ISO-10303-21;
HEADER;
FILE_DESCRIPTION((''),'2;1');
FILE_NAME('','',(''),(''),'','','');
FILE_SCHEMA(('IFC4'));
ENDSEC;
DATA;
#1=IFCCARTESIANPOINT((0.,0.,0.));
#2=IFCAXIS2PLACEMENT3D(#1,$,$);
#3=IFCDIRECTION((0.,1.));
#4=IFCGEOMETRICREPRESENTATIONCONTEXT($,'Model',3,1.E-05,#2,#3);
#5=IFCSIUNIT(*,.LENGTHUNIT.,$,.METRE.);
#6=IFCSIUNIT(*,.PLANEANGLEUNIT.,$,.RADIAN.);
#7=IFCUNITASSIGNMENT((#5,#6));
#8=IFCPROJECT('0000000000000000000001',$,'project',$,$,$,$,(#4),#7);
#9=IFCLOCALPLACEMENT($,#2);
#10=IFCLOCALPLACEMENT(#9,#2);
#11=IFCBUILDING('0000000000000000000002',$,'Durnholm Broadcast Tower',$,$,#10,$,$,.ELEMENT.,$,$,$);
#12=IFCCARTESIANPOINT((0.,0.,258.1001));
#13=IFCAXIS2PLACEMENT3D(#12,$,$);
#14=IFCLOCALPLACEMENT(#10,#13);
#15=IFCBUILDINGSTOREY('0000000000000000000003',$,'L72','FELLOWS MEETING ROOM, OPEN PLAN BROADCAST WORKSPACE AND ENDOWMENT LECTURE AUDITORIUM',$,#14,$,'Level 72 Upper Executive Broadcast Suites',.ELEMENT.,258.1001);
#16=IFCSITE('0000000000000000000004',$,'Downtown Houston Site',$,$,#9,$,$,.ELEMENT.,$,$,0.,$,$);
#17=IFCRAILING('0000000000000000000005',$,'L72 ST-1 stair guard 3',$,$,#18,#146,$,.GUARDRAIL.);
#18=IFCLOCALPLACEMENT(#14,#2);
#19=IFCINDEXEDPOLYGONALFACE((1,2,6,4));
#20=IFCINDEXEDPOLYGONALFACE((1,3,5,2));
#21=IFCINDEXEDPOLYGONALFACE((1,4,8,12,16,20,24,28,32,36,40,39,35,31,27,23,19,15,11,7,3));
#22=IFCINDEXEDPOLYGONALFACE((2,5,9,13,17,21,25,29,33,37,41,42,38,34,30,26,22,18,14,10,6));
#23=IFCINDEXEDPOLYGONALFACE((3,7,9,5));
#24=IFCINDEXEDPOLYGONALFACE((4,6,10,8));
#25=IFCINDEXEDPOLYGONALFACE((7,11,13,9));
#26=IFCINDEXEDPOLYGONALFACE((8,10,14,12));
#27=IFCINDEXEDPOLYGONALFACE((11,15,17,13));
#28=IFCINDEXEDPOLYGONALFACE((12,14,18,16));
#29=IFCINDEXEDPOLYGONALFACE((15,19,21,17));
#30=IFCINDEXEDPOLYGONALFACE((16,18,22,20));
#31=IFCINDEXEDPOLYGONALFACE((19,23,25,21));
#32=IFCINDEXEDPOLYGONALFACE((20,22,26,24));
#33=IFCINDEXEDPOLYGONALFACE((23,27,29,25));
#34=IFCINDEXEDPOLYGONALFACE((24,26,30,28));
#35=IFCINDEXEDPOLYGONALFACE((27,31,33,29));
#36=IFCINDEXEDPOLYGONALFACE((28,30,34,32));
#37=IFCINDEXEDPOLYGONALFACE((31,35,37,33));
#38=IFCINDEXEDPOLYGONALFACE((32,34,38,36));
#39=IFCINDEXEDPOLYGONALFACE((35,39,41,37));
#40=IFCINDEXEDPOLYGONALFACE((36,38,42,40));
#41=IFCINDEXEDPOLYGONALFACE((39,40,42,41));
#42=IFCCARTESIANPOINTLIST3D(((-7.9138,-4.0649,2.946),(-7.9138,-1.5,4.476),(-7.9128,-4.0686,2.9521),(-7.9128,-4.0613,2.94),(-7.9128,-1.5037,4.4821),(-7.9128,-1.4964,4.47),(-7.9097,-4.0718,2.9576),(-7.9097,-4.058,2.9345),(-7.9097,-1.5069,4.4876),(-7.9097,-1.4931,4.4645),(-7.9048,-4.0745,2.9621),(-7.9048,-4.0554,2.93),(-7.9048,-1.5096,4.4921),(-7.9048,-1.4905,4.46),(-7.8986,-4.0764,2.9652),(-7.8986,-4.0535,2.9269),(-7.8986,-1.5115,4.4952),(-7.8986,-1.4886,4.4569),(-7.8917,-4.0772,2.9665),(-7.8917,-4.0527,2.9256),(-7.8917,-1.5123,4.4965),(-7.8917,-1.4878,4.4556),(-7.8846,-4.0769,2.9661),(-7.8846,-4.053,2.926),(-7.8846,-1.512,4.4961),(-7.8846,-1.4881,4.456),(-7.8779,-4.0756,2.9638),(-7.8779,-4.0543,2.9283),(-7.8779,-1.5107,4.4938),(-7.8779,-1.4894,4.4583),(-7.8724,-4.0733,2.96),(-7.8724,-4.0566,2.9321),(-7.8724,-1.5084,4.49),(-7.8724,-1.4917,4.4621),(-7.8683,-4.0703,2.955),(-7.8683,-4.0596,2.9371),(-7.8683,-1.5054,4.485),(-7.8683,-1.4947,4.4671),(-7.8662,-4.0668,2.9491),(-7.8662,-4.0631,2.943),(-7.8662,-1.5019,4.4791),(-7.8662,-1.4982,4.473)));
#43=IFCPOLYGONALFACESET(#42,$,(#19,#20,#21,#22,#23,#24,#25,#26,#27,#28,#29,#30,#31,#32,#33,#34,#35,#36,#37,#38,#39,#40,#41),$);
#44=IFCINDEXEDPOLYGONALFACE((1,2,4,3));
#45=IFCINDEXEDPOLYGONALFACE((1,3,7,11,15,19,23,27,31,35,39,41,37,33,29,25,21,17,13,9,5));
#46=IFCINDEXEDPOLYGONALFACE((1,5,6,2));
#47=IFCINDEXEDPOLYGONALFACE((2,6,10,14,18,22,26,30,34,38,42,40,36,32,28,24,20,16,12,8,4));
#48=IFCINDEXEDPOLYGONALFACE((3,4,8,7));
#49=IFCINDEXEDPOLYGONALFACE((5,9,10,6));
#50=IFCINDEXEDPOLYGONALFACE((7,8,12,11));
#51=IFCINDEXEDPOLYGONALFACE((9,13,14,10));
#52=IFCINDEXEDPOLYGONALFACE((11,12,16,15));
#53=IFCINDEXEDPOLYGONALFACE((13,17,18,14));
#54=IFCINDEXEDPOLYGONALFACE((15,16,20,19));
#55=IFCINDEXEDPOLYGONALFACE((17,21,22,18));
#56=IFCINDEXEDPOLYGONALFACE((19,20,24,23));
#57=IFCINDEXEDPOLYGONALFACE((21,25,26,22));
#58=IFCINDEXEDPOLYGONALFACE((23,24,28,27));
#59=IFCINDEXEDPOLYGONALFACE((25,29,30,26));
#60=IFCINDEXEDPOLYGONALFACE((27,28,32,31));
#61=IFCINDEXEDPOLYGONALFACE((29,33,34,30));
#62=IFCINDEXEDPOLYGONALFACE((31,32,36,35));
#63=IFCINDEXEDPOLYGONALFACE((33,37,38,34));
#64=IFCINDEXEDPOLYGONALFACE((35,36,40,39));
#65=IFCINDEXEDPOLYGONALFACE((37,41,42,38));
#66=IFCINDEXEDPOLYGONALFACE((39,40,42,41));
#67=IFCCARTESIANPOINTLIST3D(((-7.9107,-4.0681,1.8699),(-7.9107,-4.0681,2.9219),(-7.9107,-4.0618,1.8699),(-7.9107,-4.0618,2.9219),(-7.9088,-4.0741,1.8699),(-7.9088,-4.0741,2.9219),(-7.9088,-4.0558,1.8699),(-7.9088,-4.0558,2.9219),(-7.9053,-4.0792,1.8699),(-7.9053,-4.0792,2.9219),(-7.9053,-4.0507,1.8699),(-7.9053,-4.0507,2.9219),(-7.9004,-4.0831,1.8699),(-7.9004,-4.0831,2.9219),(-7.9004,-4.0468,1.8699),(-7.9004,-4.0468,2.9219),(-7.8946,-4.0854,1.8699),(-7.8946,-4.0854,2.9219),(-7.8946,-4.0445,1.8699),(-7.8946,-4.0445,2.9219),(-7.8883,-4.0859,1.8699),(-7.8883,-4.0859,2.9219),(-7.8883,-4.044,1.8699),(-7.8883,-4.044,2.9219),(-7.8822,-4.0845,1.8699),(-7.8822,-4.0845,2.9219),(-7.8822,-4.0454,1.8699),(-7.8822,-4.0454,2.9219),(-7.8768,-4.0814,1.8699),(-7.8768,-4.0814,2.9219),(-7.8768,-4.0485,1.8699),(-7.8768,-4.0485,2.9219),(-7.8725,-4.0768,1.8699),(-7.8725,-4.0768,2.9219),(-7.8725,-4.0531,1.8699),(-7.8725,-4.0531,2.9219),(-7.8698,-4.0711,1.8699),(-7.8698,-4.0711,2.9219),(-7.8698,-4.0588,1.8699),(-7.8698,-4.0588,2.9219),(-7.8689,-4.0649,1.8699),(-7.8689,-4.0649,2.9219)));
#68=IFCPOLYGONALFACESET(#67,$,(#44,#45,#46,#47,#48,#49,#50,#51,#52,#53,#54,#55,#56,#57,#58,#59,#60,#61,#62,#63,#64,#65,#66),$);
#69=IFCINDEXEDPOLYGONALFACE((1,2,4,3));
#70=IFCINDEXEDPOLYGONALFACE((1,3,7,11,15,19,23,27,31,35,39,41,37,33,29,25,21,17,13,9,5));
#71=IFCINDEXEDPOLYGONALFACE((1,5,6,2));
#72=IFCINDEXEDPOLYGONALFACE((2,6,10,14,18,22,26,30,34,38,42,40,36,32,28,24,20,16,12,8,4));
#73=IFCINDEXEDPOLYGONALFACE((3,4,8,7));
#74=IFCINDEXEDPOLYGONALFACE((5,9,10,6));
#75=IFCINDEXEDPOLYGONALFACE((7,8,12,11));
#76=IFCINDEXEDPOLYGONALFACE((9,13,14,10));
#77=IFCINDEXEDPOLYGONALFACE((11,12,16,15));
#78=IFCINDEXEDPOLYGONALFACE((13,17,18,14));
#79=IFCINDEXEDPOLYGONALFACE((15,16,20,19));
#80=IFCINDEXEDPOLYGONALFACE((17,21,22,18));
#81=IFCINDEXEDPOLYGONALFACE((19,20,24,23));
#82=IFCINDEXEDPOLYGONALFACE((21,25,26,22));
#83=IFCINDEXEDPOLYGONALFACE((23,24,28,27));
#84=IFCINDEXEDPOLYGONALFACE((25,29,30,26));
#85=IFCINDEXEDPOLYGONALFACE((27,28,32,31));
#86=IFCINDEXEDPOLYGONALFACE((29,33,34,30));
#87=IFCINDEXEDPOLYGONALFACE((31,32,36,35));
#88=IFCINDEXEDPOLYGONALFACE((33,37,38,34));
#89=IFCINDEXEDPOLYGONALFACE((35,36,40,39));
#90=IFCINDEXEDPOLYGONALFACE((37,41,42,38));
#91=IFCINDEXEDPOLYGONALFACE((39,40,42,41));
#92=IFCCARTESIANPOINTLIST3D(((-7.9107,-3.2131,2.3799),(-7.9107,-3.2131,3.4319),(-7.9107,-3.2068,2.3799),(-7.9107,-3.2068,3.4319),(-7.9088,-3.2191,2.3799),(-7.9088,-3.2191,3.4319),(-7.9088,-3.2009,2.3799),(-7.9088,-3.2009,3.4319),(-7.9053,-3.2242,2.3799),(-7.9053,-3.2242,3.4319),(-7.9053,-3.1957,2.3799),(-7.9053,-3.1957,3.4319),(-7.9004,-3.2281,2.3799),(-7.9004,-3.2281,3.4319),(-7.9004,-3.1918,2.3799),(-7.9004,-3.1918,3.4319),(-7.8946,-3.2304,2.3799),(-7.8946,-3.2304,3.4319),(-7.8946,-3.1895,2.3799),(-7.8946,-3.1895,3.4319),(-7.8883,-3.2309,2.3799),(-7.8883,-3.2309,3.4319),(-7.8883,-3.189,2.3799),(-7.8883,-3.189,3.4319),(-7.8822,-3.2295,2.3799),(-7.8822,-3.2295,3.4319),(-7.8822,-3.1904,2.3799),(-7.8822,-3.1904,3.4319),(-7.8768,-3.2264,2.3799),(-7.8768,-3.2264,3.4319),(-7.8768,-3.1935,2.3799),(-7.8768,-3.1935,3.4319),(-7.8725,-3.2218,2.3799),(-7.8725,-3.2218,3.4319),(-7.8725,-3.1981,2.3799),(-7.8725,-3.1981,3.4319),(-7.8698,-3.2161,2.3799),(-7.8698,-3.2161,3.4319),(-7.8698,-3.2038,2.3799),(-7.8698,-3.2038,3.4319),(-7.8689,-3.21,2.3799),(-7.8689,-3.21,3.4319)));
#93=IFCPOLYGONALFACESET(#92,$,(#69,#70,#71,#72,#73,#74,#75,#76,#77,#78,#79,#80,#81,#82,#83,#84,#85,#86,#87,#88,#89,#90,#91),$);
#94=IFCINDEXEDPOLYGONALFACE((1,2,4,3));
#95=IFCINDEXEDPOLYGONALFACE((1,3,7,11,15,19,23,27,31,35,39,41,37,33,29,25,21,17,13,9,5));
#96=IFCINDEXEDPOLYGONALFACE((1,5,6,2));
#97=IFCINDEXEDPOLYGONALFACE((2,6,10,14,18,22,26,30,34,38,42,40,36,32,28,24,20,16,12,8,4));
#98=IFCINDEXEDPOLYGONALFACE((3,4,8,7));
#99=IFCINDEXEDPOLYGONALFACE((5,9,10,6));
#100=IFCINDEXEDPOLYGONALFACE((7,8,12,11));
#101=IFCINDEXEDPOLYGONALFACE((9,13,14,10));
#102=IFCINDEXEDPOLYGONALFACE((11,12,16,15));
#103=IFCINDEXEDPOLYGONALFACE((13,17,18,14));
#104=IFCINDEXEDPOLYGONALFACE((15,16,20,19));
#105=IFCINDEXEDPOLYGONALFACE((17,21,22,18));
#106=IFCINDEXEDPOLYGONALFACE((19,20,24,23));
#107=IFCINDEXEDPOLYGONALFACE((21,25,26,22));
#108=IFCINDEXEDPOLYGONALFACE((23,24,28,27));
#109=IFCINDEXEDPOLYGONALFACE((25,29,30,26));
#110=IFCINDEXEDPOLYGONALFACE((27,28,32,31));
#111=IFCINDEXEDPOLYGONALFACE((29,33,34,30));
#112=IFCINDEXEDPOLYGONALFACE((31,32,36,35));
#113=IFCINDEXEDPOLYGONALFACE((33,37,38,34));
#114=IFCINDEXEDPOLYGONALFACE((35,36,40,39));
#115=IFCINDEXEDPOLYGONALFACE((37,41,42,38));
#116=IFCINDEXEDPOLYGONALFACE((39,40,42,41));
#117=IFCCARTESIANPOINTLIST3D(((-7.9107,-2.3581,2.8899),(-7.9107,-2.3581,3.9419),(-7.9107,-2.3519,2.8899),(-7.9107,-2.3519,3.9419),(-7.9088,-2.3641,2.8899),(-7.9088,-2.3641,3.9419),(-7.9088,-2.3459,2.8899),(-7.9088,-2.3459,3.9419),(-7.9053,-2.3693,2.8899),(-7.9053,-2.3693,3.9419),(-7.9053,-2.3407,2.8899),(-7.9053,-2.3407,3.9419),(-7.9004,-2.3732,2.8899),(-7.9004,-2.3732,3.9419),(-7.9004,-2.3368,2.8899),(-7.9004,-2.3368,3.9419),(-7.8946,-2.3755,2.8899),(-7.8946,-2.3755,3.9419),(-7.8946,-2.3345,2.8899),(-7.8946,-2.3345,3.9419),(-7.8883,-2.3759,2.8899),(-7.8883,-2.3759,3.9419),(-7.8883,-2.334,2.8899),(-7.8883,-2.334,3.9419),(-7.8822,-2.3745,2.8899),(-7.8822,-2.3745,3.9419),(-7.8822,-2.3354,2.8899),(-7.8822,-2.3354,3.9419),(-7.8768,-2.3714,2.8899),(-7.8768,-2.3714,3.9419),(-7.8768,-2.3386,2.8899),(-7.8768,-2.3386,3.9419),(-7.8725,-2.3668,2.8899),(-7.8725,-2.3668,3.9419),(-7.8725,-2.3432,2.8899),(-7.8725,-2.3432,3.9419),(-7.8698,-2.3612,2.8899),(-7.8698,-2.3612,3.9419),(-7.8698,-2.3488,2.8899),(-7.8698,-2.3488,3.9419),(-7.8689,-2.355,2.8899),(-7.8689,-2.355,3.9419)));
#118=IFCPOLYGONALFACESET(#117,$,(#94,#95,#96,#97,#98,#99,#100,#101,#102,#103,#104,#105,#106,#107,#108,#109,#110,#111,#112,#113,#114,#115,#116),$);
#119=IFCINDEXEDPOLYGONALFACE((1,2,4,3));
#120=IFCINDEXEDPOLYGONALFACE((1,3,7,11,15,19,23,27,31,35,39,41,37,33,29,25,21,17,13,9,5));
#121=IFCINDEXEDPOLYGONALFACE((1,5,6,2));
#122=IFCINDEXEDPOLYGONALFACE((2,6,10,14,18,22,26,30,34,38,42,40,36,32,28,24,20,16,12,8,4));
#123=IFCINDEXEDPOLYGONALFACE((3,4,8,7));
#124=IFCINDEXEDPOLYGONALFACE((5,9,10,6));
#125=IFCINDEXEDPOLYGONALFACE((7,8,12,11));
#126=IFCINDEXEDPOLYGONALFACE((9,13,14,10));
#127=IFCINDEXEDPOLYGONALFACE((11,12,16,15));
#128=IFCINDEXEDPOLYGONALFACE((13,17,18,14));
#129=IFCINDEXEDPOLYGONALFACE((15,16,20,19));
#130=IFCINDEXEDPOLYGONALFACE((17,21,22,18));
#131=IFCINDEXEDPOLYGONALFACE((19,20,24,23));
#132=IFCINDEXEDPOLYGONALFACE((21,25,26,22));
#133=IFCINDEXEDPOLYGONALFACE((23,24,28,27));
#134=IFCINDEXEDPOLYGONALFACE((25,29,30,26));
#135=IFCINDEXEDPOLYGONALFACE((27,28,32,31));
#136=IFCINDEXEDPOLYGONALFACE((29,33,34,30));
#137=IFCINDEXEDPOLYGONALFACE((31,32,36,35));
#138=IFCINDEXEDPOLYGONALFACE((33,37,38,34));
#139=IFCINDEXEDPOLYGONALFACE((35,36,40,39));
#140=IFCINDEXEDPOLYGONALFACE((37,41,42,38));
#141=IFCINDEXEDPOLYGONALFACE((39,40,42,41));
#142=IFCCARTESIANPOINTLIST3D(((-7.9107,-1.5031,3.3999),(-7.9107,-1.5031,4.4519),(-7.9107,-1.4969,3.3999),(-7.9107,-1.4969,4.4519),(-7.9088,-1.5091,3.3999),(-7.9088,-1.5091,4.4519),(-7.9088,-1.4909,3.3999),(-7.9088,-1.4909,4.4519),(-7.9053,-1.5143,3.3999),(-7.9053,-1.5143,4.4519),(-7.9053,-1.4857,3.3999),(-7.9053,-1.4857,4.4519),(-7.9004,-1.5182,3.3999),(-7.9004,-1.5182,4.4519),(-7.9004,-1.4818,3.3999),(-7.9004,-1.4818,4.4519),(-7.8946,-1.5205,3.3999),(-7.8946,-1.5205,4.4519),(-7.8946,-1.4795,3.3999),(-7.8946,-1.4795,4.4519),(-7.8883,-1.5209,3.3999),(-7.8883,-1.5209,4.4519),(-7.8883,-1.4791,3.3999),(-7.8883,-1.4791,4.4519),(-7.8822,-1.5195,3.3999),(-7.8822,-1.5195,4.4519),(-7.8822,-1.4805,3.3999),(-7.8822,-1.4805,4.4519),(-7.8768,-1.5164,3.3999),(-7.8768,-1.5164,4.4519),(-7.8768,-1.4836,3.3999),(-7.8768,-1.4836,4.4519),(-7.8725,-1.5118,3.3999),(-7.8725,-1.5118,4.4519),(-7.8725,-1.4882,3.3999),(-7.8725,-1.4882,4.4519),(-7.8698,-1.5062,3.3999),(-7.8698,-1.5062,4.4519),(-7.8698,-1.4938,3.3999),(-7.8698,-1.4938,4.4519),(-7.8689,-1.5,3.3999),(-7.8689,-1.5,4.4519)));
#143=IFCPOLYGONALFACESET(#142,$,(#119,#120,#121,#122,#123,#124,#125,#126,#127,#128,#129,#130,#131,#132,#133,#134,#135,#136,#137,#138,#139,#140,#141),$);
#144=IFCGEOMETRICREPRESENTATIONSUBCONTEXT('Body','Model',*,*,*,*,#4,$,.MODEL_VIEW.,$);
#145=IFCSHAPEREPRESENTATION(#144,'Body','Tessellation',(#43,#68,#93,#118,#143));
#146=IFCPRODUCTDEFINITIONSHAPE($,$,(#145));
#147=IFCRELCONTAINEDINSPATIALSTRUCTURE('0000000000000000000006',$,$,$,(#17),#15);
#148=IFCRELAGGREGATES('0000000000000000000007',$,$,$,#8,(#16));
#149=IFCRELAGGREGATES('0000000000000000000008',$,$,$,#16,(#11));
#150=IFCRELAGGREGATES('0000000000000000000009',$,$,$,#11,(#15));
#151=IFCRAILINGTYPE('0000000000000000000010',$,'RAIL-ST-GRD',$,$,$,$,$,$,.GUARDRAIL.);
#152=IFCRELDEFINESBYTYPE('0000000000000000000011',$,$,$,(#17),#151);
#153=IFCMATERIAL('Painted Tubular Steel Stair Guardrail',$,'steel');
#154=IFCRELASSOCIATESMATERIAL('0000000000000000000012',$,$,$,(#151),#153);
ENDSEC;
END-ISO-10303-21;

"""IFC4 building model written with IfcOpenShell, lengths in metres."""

from ifc_helpers import new_model, si_unit, direction, frame, origin, origin_2d, place, context, subcontext, project, spatial, circle, extrude, material, type_object, element, save


model = new_model("IFC4")

# Units and contexts
model_context = context("Model", 3, precision=1e-05, world=origin(), true_north=direction((0.0, 1.0)))
body_context = subcontext(model_context, "Body", "Model", "MODEL_VIEW")
ifc_project = project(units=[si_unit("LENGTHUNIT", "METRE"), si_unit("PLANEANGLEUNIT", "RADIAN")], contexts=[model_context])

# Site, building, storey
site_placement = place(None, origin())
site = spatial("IfcSite", under=ifc_project, at=site_placement, Name="Downtown Houston Site", CompositionType="ELEMENT", RefElevation=0.0)
building_placement = place(site_placement, origin())
building = spatial("IfcBuilding", under=site, at=building_placement, Name="Durnholm Broadcast Tower", CompositionType="ELEMENT")
storey_placement = place(building_placement, frame((0.0, 0.0, 258.1001)))
storey = spatial("IfcBuildingStorey", under=building, at=storey_placement, Name="L72", Description="FELLOWS MEETING ROOM, OPEN PLAN BROADCAST WORKSPACE AND ENDOWMENT LECTURE AUDITORIUM", LongName="Level 72 Upper Executive Broadcast Suites", CompositionType="ELEMENT", Elevation=258.1001)

# Railing
ifc_material_1 = material(Name="Painted Tubular Steel Stair Guardrail", Category="steel")
railing_type_1 = type_object("IfcRailingType", Name="RAIL-ST-GRD", PredefinedType="GUARDRAIL", material=ifc_material_1)
railing_1_placement = place(storey_placement, frame((-7.8899, -4.0649, 1.8699)))
element("IfcRailing", 1, at=railing_1_placement, inside=storey, type_object=railing_type_1, Name="L72 ST-1 stair guard 3", PredefinedType="GUARDRAIL", context=body_context, shape_type="SweptSolid", body=[
    extrude(circle(Radius=0.0239, at=origin_2d()), frame((0.0, 0.0, 1.0762), z_axis=(0.0, 0.85881, 0.512294), x_axis=(-1.0, 0.0, 0.0)), (0.0, 0.0, 1.0), 2.9866),
    extrude(circle(Radius=0.021, at=origin_2d()), origin(), (0.0, 0.0, 1.0), 1.052),
    extrude(circle(Radius=0.021, at=origin_2d()), frame((0.0, 0.855, 0.51)), (0.0, 0.0, 1.0), 1.052),
    extrude(circle(Radius=0.021, at=origin_2d()), frame((0.0, 1.71, 1.02)), (0.0, 0.0, 1.0), 1.052),
    extrude(circle(Radius=0.021, at=origin_2d()), frame((0.0, 2.5649, 1.53)), (0.0, 0.0, 1.0), 1.052),
])

save(model, "model.ifc")
